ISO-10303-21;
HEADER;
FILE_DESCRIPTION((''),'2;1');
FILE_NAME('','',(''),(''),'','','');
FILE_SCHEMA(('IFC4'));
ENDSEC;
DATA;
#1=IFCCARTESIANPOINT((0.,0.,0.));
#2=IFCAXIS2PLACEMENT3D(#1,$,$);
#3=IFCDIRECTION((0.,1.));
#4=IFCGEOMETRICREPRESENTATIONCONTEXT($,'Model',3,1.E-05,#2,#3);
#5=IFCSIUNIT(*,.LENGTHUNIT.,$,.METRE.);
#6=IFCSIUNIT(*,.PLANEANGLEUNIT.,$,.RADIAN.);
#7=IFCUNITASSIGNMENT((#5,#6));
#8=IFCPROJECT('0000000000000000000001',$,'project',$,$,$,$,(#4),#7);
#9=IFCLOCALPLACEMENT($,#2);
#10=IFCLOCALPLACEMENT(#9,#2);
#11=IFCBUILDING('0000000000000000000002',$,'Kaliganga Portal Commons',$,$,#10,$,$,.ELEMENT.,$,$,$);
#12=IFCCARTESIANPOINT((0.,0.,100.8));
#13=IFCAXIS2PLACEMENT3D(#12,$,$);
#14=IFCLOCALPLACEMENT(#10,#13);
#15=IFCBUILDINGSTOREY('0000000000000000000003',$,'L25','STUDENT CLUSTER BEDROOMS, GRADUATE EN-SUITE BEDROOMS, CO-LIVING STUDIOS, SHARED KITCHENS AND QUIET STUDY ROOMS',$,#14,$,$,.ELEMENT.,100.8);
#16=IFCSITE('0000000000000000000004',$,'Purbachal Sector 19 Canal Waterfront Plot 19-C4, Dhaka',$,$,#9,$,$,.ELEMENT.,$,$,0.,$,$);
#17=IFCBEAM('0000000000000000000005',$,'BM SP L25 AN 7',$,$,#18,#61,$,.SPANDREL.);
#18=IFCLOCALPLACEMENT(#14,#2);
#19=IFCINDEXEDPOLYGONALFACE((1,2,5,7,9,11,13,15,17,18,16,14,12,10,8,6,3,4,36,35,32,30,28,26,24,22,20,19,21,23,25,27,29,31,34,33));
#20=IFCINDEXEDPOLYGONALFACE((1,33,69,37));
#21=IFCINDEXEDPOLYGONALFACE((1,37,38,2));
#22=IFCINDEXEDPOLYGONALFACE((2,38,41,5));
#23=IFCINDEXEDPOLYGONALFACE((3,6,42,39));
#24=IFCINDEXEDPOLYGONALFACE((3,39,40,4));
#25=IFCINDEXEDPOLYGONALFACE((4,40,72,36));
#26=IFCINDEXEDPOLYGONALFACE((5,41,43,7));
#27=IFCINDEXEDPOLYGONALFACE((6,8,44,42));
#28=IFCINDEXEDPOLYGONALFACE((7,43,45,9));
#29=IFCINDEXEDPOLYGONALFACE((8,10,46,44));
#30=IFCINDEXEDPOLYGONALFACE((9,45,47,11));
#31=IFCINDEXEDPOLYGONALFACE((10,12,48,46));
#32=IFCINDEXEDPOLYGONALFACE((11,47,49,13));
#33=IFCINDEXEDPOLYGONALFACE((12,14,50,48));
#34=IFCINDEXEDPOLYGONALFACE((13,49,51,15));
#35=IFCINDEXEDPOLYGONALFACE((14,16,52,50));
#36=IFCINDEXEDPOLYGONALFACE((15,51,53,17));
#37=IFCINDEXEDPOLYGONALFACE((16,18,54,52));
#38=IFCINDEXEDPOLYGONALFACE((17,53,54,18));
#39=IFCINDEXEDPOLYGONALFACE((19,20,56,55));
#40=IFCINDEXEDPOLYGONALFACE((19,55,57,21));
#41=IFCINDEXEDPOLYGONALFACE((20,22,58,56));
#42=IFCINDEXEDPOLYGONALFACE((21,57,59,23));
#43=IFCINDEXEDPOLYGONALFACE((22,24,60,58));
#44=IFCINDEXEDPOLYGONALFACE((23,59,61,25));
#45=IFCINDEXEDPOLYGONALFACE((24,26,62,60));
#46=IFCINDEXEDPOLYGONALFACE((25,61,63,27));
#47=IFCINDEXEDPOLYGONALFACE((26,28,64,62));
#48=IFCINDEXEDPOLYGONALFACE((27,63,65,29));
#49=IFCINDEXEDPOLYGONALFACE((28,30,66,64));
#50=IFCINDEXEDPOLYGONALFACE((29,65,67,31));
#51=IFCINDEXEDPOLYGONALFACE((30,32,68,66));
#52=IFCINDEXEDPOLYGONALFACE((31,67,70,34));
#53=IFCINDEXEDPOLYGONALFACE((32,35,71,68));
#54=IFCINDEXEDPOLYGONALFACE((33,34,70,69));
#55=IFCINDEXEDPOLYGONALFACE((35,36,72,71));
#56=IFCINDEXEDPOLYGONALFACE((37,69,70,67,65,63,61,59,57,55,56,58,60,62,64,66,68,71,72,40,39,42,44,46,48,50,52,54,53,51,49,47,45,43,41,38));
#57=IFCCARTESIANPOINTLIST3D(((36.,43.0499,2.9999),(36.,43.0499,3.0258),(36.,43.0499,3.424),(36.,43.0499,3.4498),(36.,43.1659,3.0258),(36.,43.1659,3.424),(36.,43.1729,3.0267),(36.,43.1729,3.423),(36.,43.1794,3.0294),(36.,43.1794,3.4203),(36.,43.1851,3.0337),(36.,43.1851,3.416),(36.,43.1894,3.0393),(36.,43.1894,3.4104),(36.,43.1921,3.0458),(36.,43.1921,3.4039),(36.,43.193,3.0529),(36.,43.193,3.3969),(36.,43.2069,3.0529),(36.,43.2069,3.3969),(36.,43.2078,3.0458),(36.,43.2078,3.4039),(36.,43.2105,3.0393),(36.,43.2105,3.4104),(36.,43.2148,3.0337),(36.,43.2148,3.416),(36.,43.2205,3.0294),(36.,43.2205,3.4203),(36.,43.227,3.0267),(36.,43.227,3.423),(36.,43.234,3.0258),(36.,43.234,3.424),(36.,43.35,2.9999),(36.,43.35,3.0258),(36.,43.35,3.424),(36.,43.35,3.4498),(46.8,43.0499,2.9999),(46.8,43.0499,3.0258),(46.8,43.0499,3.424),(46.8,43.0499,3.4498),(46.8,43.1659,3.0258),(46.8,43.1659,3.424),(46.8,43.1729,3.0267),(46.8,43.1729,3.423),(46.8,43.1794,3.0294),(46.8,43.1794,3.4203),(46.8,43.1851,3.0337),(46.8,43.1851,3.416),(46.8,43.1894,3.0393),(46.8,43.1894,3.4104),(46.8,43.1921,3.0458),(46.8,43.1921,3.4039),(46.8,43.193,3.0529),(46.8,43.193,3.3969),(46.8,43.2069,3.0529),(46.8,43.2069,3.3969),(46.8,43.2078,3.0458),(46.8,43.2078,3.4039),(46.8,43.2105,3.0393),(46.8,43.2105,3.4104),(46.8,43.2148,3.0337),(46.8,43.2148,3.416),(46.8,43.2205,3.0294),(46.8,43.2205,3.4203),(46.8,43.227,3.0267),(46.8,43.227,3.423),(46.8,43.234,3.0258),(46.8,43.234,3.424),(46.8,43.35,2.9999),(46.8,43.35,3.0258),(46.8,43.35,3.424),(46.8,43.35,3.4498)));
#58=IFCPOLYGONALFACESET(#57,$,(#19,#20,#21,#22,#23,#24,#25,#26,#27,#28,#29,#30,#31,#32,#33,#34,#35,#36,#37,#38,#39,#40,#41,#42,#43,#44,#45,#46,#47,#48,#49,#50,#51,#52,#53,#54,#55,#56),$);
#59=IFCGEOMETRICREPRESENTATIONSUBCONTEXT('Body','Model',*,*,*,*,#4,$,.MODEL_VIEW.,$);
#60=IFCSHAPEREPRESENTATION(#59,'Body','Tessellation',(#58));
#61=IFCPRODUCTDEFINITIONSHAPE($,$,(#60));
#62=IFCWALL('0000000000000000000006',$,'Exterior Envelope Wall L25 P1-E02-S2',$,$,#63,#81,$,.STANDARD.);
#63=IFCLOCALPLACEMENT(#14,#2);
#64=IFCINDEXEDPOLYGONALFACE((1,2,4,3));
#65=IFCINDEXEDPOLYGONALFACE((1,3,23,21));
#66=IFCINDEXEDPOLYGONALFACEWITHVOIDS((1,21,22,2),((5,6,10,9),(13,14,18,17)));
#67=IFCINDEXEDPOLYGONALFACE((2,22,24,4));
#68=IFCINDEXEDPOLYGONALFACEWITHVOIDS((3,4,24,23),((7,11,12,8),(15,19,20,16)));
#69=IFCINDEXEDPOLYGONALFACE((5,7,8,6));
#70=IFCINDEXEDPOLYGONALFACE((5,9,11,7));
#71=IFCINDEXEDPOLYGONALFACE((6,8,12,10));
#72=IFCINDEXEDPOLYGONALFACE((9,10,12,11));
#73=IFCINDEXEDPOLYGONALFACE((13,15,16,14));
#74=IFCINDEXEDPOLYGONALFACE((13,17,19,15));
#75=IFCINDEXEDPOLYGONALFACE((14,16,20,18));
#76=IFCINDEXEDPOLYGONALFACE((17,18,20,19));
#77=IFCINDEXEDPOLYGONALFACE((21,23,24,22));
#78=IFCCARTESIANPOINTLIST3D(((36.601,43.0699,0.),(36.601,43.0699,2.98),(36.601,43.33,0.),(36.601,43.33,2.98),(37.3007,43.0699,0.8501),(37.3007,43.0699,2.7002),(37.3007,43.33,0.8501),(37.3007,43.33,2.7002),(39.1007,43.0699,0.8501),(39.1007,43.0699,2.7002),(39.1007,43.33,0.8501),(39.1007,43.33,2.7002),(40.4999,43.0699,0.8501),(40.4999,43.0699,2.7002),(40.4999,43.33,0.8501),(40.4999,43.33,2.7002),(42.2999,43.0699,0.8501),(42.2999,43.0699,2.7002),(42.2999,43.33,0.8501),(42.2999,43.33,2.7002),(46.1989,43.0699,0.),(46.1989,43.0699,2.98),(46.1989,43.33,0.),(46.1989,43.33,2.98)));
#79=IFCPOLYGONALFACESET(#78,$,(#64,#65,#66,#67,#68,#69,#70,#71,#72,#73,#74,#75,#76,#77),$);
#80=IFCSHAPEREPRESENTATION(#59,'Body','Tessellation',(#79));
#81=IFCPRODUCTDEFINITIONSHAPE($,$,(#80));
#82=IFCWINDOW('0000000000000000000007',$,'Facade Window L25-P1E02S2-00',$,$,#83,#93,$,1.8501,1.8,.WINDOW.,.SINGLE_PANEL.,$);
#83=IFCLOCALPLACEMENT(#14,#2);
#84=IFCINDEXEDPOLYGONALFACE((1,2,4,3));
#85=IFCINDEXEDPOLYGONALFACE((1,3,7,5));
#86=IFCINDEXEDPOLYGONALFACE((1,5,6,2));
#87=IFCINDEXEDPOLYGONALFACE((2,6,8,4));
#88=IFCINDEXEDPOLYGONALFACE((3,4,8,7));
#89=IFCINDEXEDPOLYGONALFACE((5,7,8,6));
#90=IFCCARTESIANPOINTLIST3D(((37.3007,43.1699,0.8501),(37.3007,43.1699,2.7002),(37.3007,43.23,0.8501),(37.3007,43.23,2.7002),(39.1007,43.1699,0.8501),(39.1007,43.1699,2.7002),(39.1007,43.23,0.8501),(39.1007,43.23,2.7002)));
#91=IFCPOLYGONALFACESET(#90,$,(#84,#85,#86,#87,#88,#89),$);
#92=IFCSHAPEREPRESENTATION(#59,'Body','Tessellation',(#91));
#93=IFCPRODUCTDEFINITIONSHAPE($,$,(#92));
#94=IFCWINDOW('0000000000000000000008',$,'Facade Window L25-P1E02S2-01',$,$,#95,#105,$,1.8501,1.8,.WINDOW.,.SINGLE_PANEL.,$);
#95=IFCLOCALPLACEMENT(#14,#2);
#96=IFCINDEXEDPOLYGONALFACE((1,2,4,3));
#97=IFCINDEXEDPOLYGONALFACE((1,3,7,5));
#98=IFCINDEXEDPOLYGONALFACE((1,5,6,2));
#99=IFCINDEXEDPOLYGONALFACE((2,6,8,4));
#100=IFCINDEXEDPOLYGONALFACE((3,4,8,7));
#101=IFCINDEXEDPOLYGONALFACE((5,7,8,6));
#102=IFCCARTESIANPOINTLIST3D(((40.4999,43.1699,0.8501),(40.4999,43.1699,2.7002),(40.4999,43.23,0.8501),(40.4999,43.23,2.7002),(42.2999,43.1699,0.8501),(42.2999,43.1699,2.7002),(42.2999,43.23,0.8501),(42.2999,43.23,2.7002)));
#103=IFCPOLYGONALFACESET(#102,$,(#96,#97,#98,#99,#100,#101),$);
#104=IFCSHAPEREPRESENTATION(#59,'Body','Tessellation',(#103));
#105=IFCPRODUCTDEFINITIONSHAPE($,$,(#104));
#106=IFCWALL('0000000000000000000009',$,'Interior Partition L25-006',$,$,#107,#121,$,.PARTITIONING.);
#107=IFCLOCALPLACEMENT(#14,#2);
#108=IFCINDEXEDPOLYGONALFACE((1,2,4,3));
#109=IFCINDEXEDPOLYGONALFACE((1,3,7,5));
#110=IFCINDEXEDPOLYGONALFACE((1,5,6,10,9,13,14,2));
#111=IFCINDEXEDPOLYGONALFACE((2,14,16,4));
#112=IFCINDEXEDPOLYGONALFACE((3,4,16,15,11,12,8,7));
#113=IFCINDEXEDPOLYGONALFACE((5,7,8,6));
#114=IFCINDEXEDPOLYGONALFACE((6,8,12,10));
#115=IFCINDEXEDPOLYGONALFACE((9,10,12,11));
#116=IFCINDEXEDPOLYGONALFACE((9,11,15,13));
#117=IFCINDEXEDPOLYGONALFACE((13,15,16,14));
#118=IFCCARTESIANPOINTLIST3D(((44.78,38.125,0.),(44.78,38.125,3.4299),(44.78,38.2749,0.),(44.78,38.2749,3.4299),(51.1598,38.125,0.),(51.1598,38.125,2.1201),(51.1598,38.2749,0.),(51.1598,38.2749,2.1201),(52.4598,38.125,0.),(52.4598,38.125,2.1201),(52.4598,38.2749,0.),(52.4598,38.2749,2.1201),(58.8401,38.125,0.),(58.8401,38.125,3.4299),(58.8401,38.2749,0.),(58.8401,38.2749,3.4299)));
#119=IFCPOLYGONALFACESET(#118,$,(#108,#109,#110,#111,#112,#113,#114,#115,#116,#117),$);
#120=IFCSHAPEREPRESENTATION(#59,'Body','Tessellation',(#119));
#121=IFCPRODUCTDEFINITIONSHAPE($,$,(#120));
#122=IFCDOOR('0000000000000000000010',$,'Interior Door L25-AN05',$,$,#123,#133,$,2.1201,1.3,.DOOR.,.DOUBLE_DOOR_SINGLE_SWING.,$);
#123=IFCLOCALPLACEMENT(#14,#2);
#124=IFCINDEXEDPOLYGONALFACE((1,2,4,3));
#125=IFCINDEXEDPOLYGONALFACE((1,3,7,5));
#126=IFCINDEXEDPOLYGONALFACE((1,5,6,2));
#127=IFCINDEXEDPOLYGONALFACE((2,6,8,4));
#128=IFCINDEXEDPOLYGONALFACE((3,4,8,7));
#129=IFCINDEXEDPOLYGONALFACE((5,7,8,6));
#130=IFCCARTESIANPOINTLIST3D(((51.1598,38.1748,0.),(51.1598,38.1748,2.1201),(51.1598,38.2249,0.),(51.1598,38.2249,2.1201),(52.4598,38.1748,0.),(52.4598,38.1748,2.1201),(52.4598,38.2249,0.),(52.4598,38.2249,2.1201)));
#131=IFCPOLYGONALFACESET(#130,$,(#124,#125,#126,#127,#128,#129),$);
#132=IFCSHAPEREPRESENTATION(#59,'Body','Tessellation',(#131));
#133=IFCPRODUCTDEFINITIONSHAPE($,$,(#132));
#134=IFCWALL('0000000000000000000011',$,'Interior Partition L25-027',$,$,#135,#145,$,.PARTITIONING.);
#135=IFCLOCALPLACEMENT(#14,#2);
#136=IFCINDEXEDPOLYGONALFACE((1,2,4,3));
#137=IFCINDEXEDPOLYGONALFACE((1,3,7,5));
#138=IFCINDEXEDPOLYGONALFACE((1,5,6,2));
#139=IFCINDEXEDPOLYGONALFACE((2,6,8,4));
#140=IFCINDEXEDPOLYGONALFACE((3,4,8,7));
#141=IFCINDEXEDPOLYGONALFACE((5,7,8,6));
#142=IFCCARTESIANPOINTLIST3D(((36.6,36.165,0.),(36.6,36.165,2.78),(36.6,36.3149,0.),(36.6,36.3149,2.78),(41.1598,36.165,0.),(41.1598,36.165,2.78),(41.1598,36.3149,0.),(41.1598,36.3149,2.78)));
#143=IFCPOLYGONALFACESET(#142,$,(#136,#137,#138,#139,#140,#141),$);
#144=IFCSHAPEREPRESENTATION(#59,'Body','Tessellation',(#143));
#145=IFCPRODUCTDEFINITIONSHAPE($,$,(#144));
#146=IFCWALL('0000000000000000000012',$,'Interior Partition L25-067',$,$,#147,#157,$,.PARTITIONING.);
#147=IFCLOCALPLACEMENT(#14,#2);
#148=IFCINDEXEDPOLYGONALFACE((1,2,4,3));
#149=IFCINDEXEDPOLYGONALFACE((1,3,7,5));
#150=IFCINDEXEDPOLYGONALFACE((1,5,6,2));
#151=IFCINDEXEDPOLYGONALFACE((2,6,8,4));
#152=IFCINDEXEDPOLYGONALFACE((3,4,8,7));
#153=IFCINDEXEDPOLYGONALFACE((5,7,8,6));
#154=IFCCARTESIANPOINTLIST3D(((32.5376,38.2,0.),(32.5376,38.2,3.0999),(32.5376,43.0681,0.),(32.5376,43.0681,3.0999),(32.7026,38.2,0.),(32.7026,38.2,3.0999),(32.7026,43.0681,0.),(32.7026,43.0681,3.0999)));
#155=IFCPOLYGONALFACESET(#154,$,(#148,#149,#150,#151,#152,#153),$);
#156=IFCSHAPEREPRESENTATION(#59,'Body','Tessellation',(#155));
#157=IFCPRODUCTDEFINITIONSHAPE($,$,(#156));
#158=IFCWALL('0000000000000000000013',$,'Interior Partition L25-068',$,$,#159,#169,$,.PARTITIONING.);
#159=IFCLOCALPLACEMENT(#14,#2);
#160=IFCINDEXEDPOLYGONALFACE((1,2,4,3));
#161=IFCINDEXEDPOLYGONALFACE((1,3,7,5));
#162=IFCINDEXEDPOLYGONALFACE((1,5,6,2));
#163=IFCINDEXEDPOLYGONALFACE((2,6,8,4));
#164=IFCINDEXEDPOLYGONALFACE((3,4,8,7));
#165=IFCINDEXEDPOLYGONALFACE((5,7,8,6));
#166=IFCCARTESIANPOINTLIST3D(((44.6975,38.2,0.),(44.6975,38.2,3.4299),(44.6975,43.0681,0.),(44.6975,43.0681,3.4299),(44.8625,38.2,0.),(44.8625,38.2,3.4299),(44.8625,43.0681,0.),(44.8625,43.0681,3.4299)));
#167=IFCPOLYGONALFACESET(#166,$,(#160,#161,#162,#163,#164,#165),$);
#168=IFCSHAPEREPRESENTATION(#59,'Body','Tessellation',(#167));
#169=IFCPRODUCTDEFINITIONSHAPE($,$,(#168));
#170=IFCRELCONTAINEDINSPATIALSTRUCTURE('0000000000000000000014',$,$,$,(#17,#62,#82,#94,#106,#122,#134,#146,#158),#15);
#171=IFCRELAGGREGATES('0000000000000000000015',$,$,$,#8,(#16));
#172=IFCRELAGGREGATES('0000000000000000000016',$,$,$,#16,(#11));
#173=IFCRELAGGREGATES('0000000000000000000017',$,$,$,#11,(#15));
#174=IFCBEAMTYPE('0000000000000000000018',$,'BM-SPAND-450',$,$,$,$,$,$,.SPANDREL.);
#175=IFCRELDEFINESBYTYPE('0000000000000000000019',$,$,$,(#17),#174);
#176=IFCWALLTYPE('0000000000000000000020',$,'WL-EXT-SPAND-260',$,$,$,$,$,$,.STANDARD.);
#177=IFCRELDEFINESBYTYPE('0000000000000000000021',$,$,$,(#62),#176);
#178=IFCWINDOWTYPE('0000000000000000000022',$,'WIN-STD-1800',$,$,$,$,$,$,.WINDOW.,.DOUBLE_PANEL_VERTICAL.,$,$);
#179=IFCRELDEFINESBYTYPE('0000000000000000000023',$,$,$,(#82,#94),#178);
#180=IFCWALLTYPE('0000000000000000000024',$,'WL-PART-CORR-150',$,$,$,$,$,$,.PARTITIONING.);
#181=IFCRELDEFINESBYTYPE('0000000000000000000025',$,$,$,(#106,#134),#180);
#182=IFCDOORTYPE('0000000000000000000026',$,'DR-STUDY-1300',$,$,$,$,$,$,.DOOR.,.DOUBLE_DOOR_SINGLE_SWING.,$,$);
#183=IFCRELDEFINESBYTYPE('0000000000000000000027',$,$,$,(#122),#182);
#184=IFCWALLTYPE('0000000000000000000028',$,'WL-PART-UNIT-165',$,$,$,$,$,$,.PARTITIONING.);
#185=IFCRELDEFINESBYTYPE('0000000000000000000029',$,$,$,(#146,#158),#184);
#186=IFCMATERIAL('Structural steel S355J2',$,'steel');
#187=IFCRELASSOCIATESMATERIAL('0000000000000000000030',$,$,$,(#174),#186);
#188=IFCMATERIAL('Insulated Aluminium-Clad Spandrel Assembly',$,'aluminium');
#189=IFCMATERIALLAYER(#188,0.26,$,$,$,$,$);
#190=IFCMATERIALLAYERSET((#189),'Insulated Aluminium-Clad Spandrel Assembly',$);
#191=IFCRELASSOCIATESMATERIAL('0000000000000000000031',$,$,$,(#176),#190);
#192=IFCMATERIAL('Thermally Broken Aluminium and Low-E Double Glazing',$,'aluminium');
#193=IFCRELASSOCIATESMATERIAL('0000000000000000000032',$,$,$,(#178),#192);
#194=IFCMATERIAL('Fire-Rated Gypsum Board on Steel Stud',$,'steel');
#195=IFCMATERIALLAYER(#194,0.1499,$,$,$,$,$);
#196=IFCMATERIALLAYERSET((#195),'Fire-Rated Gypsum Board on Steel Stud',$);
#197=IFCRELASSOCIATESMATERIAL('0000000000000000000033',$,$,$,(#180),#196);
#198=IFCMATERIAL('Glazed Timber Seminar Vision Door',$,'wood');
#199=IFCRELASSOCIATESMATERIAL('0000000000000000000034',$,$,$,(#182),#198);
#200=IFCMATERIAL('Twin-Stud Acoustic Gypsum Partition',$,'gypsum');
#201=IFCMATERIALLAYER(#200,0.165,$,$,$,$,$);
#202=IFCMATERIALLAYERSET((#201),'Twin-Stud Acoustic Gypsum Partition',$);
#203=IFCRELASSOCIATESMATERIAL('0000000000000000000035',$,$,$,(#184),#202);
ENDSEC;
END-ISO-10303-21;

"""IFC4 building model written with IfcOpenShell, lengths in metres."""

from ifc_helpers import new_model, si_unit, direction, frame, frame_2d, origin, origin_2d, place, context, subcontext, project, spatial, rectangle, i_section, extrude, source, transform, mapped, material, layer, layer_set, material_profile, profile_set, type_object, element, fill, save


model = new_model("IFC4")

# Units and contexts
model_context = context("Model", 3, precision=1e-05, world=origin(), true_north=direction((0.0, 1.0)))
body_context = subcontext(model_context, "Body", "Model", "MODEL_VIEW")
ifc_project = project(units=[si_unit("LENGTHUNIT", "METRE"), si_unit("PLANEANGLEUNIT", "RADIAN")], contexts=[model_context])

# Site, building, storey
site_placement = place(None, origin())
site = spatial("IfcSite", under=ifc_project, at=site_placement, Name="Purbachal Sector 19 Canal Waterfront Plot 19-C4, Dhaka", CompositionType="ELEMENT", RefElevation=0.0)
building_placement = place(site_placement, origin())
building = spatial("IfcBuilding", under=site, at=building_placement, Name="Kaliganga Portal Commons", CompositionType="ELEMENT")
storey_placement = place(building_placement, frame((0.0, 0.0, 100.8)))
storey = spatial("IfcBuildingStorey", under=building, at=storey_placement, Name="L25", Description="STUDENT CLUSTER BEDROOMS, GRADUATE EN-SUITE BEDROOMS, CO-LIVING STUDIOS, SHARED KITCHENS AND QUIET STUDY ROOMS", CompositionType="ELEMENT", Elevation=100.8)

# Beam
ifc_material_1 = material(Name="Structural steel S355J2", Category="steel")
ifc_material_profile_1 = material_profile(ifc_material_1, i_section(OverallWidth=0.3, OverallDepth=0.45, WebThickness=0.0139, FlangeThickness=0.0259, FilletRadius=0.0271, at=origin_2d()), Name="HE 450 B")
ifc_profile_set_1 = profile_set([ifc_material_profile_1], Name="Structural steel S355J2 wide-flange")
beam_type_1 = type_object("IfcBeamType", Name="BM-SPAND-450", PredefinedType="SPANDREL", material=ifc_profile_set_1)
shared_shape_1 = source(origin(), body_context, "Body", "SweptSolid", [
    extrude(i_section(OverallWidth=0.3, OverallDepth=0.45, WebThickness=0.0139, FlangeThickness=0.0259, FilletRadius=0.0271, at=origin_2d()), origin(), (0.0, 0.0, 1.0), 10.8),
])
beam_1_placement = place(storey_placement, frame((36.0, 43.2, 3.2249), z_axis=(1.0, 0.0, 0.0), x_axis=(0.0, 1.0, 0.0)))
element("IfcBeam", 1, at=beam_1_placement, inside=storey, type_object=beam_type_1, Name="BM SP L25 AN 7", PredefinedType="SPANDREL", context=body_context, shape_type="MappedRepresentation", body=[
    mapped(shared_shape_1, transform((0.0, 0.0, 0.0), x_axis=(1.0, 0.0, 0.0), y_axis=(0.0, 1.0, 0.0), z_axis=(0.0, 0.0, 1.0), scale=1.0)),
])

# Wall, openings, windows
ifc_material_2 = material(Name="Insulated Aluminium-Clad Spandrel Assembly", Category="aluminium")
ifc_layer_1 = layer(ifc_material_2, 0.26)
ifc_layer_set_1 = layer_set([ifc_layer_1], Name="Insulated Aluminium-Clad Spandrel Assembly")
wall_type_1 = type_object("IfcWallType", Name="WL-EXT-SPAND-260", PredefinedType="STANDARD", material=ifc_layer_set_1)
wall_1_placement = place(storey_placement, frame((36.6011, 43.2, 0.0), z_axis=(0.0, 0.0, 1.0), x_axis=(1.0, 0.0, 0.0)))
wall_1 = element("IfcWall", 2, at=wall_1_placement, inside=storey, type_object=wall_type_1, Name="Exterior Envelope Wall L25 P1-E02-S2", PredefinedType="STANDARD", context=body_context, shape_type="SweptSolid", body=[
    extrude(rectangle(XDim=9.5979, YDim=0.26, at=frame_2d((4.7988, 0.0))), origin(), (0.0, 0.0, 1.0), 2.98),
])
opening_1_placement = place(wall_1_placement, frame((0.6997, 0.0, 0.8501)))
opening_1 = element("IfcOpeningElement", 3, at=opening_1_placement, cuts=wall_1, PredefinedType="OPENING", context=body_context, shape_type="SweptSolid", body=[
    extrude(rectangle(XDim=1.8, YDim=1.8501, at=frame_2d((0.8999, 0.925))), frame((0.0, 0.1401, 0.0), z_axis=(0.0, -1.0, 0.0), x_axis=(1.0, 0.0, 0.0)), (0.0, 0.0, 1.0), 0.28),
])
opening_2_placement = place(wall_1_placement, frame((3.8989, 0.0, 0.8501)))
opening_2 = element("IfcOpeningElement", 4, at=opening_2_placement, cuts=wall_1, PredefinedType="OPENING", context=body_context, shape_type="SweptSolid", body=[
    extrude(rectangle(XDim=1.8, YDim=1.8501, at=frame_2d((0.8999, 0.925))), frame((0.0, 0.1401, 0.0), z_axis=(0.0, -1.0, 0.0), x_axis=(1.0, 0.0, 0.0)), (0.0, 0.0, 1.0), 0.28),
])
ifc_material_3 = material(Name="Thermally Broken Aluminium and Low-E Double Glazing", Category="aluminium")
window_type = type_object("IfcWindowType", Name="WIN-STD-1800", PartitioningType="DOUBLE_PANEL_VERTICAL", PredefinedType="WINDOW", material=ifc_material_3)
window_1_placement = place(opening_1_placement, origin())
window_1 = element("IfcWindow", 5, at=window_1_placement, inside=storey, type_object=window_type, Name="Facade Window L25-P1E02S2-00", OverallHeight=1.8501, OverallWidth=1.8, PartitioningType="SINGLE_PANEL", PredefinedType="WINDOW", context=body_context, shape_type="SweptSolid", body=[
    extrude(rectangle(XDim=1.8, YDim=1.8501, at=frame_2d((0.8999, 0.925))), frame((0.0, 0.03, 0.0), z_axis=(0.0, -1.0, 0.0), x_axis=(1.0, 0.0, 0.0)), (0.0, 0.0, 1.0), 0.0601),
])
fill(opening_1, window_1)
window_2_placement = place(opening_2_placement, origin())
window_2 = element("IfcWindow", 6, at=window_2_placement, inside=storey, type_object=window_type, Name="Facade Window L25-P1E02S2-01", OverallHeight=1.8501, OverallWidth=1.8, PartitioningType="SINGLE_PANEL", PredefinedType="WINDOW", context=body_context, shape_type="SweptSolid", body=[
    extrude(rectangle(XDim=1.8, YDim=1.8501, at=frame_2d((0.8999, 0.925))), frame((0.0, 0.03, 0.0), z_axis=(0.0, -1.0, 0.0), x_axis=(1.0, 0.0, 0.0)), (0.0, 0.0, 1.0), 0.0601),
])
fill(opening_2, window_2)

# Wall, opening, door
ifc_material_4 = material(Name="Fire-Rated Gypsum Board on Steel Stud", Category="steel")
ifc_layer_2 = layer(ifc_material_4, 0.1499)
ifc_layer_set_2 = layer_set([ifc_layer_2], Name="Fire-Rated Gypsum Board on Steel Stud")
wall_type_2 = type_object("IfcWallType", Name="WL-PART-CORR-150", PredefinedType="PARTITIONING", material=ifc_layer_set_2)
wall_2_placement = place(storey_placement, frame((44.78, 38.2, 0.0), z_axis=(0.0, 0.0, 1.0), x_axis=(1.0, 0.0, 0.0)))
wall_2 = element("IfcWall", 7, at=wall_2_placement, inside=storey, type_object=wall_type_2, Name="Interior Partition L25-006", PredefinedType="PARTITIONING", context=body_context, shape_type="SweptSolid", body=[
    extrude(rectangle(XDim=14.0601, YDim=0.1499, at=frame_2d((7.03, 0.0))), origin(), (0.0, 0.0, 1.0), 3.4299),
])
opening_3_placement = place(wall_2_placement, frame((6.3799, 0.0, 0.0)))
opening_3 = element("IfcOpeningElement", 8, at=opening_3_placement, cuts=wall_2, PredefinedType="OPENING", context=body_context, shape_type="SweptSolid", body=[
    extrude(rectangle(XDim=1.3, YDim=2.1201, at=frame_2d((0.6499, 1.0601))), frame((0.0, 0.085, 0.0), z_axis=(0.0, -1.0, 0.0), x_axis=(1.0, 0.0, 0.0)), (0.0, 0.0, 1.0), 0.1699),
])
ifc_material_5 = material(Name="Glazed Timber Seminar Vision Door", Category="wood")
door_type = type_object("IfcDoorType", Name="DR-STUDY-1300", OperationType="DOUBLE_DOOR_SINGLE_SWING", PredefinedType="DOOR", material=ifc_material_5)
door_1_placement = place(opening_3_placement, origin())
door_1 = element("IfcDoor", 9, at=door_1_placement, inside=storey, type_object=door_type, Name="Interior Door L25-AN05", OperationType="DOUBLE_DOOR_SINGLE_SWING", OverallHeight=2.1201, OverallWidth=1.3, PredefinedType="DOOR", context=body_context, shape_type="SweptSolid", body=[
    extrude(rectangle(XDim=1.3, YDim=2.1201, at=frame_2d((0.6499, 1.0601))), frame((0.0, 0.0249, 0.0), z_axis=(0.0, -1.0, 0.0), x_axis=(1.0, 0.0, 0.0)), (0.0, 0.0, 1.0), 0.05),
])
fill(opening_3, door_1)

# Wall
wall_3_placement = place(storey_placement, frame((36.6001, 36.24, 0.0), z_axis=(0.0, 0.0, 1.0), x_axis=(1.0, 0.0, 0.0)))
element("IfcWall", 10, at=wall_3_placement, inside=storey, type_object=wall_type_2, Name="Interior Partition L25-027", PredefinedType="PARTITIONING", context=body_context, shape_type="SweptSolid", body=[
    extrude(rectangle(XDim=4.5598, YDim=0.1499, at=frame_2d((2.2798, 0.0))), origin(), (0.0, 0.0, 1.0), 2.78),
])

# Walls
ifc_material_6 = material(Name="Twin-Stud Acoustic Gypsum Partition", Category="gypsum")
ifc_layer_3 = layer(ifc_material_6, 0.165)
ifc_layer_set_3 = layer_set([ifc_layer_3], Name="Twin-Stud Acoustic Gypsum Partition")
wall_type_3 = type_object("IfcWallType", Name="WL-PART-UNIT-165", PredefinedType="PARTITIONING", material=ifc_layer_set_3)
wall_4_placement = place(storey_placement, frame((32.6201, 38.2, 0.0), z_axis=(0.0, 0.0, 1.0), x_axis=(0.0, 1.0, 0.0)))
element("IfcWall", 11, at=wall_4_placement, inside=storey, type_object=wall_type_3, Name="Interior Partition L25-067", PredefinedType="PARTITIONING", context=body_context, shape_type="SweptSolid", body=[
    extrude(rectangle(XDim=4.8682, YDim=0.165, at=frame_2d((2.4341, 0.0))), origin(), (0.0, 0.0, 1.0), 3.0999),
])
wall_5_placement = place(storey_placement, frame((44.78, 38.2, 0.0), z_axis=(0.0, 0.0, 1.0), x_axis=(0.0, 1.0, 0.0)))
element("IfcWall", 12, at=wall_5_placement, inside=storey, type_object=wall_type_3, Name="Interior Partition L25-068", PredefinedType="PARTITIONING", context=body_context, shape_type="SweptSolid", body=[
    extrude(rectangle(XDim=4.8682, YDim=0.165, at=frame_2d((2.4341, 0.0))), origin(), (0.0, 0.0, 1.0), 3.4299),
])

save(model, "model.ifc")
